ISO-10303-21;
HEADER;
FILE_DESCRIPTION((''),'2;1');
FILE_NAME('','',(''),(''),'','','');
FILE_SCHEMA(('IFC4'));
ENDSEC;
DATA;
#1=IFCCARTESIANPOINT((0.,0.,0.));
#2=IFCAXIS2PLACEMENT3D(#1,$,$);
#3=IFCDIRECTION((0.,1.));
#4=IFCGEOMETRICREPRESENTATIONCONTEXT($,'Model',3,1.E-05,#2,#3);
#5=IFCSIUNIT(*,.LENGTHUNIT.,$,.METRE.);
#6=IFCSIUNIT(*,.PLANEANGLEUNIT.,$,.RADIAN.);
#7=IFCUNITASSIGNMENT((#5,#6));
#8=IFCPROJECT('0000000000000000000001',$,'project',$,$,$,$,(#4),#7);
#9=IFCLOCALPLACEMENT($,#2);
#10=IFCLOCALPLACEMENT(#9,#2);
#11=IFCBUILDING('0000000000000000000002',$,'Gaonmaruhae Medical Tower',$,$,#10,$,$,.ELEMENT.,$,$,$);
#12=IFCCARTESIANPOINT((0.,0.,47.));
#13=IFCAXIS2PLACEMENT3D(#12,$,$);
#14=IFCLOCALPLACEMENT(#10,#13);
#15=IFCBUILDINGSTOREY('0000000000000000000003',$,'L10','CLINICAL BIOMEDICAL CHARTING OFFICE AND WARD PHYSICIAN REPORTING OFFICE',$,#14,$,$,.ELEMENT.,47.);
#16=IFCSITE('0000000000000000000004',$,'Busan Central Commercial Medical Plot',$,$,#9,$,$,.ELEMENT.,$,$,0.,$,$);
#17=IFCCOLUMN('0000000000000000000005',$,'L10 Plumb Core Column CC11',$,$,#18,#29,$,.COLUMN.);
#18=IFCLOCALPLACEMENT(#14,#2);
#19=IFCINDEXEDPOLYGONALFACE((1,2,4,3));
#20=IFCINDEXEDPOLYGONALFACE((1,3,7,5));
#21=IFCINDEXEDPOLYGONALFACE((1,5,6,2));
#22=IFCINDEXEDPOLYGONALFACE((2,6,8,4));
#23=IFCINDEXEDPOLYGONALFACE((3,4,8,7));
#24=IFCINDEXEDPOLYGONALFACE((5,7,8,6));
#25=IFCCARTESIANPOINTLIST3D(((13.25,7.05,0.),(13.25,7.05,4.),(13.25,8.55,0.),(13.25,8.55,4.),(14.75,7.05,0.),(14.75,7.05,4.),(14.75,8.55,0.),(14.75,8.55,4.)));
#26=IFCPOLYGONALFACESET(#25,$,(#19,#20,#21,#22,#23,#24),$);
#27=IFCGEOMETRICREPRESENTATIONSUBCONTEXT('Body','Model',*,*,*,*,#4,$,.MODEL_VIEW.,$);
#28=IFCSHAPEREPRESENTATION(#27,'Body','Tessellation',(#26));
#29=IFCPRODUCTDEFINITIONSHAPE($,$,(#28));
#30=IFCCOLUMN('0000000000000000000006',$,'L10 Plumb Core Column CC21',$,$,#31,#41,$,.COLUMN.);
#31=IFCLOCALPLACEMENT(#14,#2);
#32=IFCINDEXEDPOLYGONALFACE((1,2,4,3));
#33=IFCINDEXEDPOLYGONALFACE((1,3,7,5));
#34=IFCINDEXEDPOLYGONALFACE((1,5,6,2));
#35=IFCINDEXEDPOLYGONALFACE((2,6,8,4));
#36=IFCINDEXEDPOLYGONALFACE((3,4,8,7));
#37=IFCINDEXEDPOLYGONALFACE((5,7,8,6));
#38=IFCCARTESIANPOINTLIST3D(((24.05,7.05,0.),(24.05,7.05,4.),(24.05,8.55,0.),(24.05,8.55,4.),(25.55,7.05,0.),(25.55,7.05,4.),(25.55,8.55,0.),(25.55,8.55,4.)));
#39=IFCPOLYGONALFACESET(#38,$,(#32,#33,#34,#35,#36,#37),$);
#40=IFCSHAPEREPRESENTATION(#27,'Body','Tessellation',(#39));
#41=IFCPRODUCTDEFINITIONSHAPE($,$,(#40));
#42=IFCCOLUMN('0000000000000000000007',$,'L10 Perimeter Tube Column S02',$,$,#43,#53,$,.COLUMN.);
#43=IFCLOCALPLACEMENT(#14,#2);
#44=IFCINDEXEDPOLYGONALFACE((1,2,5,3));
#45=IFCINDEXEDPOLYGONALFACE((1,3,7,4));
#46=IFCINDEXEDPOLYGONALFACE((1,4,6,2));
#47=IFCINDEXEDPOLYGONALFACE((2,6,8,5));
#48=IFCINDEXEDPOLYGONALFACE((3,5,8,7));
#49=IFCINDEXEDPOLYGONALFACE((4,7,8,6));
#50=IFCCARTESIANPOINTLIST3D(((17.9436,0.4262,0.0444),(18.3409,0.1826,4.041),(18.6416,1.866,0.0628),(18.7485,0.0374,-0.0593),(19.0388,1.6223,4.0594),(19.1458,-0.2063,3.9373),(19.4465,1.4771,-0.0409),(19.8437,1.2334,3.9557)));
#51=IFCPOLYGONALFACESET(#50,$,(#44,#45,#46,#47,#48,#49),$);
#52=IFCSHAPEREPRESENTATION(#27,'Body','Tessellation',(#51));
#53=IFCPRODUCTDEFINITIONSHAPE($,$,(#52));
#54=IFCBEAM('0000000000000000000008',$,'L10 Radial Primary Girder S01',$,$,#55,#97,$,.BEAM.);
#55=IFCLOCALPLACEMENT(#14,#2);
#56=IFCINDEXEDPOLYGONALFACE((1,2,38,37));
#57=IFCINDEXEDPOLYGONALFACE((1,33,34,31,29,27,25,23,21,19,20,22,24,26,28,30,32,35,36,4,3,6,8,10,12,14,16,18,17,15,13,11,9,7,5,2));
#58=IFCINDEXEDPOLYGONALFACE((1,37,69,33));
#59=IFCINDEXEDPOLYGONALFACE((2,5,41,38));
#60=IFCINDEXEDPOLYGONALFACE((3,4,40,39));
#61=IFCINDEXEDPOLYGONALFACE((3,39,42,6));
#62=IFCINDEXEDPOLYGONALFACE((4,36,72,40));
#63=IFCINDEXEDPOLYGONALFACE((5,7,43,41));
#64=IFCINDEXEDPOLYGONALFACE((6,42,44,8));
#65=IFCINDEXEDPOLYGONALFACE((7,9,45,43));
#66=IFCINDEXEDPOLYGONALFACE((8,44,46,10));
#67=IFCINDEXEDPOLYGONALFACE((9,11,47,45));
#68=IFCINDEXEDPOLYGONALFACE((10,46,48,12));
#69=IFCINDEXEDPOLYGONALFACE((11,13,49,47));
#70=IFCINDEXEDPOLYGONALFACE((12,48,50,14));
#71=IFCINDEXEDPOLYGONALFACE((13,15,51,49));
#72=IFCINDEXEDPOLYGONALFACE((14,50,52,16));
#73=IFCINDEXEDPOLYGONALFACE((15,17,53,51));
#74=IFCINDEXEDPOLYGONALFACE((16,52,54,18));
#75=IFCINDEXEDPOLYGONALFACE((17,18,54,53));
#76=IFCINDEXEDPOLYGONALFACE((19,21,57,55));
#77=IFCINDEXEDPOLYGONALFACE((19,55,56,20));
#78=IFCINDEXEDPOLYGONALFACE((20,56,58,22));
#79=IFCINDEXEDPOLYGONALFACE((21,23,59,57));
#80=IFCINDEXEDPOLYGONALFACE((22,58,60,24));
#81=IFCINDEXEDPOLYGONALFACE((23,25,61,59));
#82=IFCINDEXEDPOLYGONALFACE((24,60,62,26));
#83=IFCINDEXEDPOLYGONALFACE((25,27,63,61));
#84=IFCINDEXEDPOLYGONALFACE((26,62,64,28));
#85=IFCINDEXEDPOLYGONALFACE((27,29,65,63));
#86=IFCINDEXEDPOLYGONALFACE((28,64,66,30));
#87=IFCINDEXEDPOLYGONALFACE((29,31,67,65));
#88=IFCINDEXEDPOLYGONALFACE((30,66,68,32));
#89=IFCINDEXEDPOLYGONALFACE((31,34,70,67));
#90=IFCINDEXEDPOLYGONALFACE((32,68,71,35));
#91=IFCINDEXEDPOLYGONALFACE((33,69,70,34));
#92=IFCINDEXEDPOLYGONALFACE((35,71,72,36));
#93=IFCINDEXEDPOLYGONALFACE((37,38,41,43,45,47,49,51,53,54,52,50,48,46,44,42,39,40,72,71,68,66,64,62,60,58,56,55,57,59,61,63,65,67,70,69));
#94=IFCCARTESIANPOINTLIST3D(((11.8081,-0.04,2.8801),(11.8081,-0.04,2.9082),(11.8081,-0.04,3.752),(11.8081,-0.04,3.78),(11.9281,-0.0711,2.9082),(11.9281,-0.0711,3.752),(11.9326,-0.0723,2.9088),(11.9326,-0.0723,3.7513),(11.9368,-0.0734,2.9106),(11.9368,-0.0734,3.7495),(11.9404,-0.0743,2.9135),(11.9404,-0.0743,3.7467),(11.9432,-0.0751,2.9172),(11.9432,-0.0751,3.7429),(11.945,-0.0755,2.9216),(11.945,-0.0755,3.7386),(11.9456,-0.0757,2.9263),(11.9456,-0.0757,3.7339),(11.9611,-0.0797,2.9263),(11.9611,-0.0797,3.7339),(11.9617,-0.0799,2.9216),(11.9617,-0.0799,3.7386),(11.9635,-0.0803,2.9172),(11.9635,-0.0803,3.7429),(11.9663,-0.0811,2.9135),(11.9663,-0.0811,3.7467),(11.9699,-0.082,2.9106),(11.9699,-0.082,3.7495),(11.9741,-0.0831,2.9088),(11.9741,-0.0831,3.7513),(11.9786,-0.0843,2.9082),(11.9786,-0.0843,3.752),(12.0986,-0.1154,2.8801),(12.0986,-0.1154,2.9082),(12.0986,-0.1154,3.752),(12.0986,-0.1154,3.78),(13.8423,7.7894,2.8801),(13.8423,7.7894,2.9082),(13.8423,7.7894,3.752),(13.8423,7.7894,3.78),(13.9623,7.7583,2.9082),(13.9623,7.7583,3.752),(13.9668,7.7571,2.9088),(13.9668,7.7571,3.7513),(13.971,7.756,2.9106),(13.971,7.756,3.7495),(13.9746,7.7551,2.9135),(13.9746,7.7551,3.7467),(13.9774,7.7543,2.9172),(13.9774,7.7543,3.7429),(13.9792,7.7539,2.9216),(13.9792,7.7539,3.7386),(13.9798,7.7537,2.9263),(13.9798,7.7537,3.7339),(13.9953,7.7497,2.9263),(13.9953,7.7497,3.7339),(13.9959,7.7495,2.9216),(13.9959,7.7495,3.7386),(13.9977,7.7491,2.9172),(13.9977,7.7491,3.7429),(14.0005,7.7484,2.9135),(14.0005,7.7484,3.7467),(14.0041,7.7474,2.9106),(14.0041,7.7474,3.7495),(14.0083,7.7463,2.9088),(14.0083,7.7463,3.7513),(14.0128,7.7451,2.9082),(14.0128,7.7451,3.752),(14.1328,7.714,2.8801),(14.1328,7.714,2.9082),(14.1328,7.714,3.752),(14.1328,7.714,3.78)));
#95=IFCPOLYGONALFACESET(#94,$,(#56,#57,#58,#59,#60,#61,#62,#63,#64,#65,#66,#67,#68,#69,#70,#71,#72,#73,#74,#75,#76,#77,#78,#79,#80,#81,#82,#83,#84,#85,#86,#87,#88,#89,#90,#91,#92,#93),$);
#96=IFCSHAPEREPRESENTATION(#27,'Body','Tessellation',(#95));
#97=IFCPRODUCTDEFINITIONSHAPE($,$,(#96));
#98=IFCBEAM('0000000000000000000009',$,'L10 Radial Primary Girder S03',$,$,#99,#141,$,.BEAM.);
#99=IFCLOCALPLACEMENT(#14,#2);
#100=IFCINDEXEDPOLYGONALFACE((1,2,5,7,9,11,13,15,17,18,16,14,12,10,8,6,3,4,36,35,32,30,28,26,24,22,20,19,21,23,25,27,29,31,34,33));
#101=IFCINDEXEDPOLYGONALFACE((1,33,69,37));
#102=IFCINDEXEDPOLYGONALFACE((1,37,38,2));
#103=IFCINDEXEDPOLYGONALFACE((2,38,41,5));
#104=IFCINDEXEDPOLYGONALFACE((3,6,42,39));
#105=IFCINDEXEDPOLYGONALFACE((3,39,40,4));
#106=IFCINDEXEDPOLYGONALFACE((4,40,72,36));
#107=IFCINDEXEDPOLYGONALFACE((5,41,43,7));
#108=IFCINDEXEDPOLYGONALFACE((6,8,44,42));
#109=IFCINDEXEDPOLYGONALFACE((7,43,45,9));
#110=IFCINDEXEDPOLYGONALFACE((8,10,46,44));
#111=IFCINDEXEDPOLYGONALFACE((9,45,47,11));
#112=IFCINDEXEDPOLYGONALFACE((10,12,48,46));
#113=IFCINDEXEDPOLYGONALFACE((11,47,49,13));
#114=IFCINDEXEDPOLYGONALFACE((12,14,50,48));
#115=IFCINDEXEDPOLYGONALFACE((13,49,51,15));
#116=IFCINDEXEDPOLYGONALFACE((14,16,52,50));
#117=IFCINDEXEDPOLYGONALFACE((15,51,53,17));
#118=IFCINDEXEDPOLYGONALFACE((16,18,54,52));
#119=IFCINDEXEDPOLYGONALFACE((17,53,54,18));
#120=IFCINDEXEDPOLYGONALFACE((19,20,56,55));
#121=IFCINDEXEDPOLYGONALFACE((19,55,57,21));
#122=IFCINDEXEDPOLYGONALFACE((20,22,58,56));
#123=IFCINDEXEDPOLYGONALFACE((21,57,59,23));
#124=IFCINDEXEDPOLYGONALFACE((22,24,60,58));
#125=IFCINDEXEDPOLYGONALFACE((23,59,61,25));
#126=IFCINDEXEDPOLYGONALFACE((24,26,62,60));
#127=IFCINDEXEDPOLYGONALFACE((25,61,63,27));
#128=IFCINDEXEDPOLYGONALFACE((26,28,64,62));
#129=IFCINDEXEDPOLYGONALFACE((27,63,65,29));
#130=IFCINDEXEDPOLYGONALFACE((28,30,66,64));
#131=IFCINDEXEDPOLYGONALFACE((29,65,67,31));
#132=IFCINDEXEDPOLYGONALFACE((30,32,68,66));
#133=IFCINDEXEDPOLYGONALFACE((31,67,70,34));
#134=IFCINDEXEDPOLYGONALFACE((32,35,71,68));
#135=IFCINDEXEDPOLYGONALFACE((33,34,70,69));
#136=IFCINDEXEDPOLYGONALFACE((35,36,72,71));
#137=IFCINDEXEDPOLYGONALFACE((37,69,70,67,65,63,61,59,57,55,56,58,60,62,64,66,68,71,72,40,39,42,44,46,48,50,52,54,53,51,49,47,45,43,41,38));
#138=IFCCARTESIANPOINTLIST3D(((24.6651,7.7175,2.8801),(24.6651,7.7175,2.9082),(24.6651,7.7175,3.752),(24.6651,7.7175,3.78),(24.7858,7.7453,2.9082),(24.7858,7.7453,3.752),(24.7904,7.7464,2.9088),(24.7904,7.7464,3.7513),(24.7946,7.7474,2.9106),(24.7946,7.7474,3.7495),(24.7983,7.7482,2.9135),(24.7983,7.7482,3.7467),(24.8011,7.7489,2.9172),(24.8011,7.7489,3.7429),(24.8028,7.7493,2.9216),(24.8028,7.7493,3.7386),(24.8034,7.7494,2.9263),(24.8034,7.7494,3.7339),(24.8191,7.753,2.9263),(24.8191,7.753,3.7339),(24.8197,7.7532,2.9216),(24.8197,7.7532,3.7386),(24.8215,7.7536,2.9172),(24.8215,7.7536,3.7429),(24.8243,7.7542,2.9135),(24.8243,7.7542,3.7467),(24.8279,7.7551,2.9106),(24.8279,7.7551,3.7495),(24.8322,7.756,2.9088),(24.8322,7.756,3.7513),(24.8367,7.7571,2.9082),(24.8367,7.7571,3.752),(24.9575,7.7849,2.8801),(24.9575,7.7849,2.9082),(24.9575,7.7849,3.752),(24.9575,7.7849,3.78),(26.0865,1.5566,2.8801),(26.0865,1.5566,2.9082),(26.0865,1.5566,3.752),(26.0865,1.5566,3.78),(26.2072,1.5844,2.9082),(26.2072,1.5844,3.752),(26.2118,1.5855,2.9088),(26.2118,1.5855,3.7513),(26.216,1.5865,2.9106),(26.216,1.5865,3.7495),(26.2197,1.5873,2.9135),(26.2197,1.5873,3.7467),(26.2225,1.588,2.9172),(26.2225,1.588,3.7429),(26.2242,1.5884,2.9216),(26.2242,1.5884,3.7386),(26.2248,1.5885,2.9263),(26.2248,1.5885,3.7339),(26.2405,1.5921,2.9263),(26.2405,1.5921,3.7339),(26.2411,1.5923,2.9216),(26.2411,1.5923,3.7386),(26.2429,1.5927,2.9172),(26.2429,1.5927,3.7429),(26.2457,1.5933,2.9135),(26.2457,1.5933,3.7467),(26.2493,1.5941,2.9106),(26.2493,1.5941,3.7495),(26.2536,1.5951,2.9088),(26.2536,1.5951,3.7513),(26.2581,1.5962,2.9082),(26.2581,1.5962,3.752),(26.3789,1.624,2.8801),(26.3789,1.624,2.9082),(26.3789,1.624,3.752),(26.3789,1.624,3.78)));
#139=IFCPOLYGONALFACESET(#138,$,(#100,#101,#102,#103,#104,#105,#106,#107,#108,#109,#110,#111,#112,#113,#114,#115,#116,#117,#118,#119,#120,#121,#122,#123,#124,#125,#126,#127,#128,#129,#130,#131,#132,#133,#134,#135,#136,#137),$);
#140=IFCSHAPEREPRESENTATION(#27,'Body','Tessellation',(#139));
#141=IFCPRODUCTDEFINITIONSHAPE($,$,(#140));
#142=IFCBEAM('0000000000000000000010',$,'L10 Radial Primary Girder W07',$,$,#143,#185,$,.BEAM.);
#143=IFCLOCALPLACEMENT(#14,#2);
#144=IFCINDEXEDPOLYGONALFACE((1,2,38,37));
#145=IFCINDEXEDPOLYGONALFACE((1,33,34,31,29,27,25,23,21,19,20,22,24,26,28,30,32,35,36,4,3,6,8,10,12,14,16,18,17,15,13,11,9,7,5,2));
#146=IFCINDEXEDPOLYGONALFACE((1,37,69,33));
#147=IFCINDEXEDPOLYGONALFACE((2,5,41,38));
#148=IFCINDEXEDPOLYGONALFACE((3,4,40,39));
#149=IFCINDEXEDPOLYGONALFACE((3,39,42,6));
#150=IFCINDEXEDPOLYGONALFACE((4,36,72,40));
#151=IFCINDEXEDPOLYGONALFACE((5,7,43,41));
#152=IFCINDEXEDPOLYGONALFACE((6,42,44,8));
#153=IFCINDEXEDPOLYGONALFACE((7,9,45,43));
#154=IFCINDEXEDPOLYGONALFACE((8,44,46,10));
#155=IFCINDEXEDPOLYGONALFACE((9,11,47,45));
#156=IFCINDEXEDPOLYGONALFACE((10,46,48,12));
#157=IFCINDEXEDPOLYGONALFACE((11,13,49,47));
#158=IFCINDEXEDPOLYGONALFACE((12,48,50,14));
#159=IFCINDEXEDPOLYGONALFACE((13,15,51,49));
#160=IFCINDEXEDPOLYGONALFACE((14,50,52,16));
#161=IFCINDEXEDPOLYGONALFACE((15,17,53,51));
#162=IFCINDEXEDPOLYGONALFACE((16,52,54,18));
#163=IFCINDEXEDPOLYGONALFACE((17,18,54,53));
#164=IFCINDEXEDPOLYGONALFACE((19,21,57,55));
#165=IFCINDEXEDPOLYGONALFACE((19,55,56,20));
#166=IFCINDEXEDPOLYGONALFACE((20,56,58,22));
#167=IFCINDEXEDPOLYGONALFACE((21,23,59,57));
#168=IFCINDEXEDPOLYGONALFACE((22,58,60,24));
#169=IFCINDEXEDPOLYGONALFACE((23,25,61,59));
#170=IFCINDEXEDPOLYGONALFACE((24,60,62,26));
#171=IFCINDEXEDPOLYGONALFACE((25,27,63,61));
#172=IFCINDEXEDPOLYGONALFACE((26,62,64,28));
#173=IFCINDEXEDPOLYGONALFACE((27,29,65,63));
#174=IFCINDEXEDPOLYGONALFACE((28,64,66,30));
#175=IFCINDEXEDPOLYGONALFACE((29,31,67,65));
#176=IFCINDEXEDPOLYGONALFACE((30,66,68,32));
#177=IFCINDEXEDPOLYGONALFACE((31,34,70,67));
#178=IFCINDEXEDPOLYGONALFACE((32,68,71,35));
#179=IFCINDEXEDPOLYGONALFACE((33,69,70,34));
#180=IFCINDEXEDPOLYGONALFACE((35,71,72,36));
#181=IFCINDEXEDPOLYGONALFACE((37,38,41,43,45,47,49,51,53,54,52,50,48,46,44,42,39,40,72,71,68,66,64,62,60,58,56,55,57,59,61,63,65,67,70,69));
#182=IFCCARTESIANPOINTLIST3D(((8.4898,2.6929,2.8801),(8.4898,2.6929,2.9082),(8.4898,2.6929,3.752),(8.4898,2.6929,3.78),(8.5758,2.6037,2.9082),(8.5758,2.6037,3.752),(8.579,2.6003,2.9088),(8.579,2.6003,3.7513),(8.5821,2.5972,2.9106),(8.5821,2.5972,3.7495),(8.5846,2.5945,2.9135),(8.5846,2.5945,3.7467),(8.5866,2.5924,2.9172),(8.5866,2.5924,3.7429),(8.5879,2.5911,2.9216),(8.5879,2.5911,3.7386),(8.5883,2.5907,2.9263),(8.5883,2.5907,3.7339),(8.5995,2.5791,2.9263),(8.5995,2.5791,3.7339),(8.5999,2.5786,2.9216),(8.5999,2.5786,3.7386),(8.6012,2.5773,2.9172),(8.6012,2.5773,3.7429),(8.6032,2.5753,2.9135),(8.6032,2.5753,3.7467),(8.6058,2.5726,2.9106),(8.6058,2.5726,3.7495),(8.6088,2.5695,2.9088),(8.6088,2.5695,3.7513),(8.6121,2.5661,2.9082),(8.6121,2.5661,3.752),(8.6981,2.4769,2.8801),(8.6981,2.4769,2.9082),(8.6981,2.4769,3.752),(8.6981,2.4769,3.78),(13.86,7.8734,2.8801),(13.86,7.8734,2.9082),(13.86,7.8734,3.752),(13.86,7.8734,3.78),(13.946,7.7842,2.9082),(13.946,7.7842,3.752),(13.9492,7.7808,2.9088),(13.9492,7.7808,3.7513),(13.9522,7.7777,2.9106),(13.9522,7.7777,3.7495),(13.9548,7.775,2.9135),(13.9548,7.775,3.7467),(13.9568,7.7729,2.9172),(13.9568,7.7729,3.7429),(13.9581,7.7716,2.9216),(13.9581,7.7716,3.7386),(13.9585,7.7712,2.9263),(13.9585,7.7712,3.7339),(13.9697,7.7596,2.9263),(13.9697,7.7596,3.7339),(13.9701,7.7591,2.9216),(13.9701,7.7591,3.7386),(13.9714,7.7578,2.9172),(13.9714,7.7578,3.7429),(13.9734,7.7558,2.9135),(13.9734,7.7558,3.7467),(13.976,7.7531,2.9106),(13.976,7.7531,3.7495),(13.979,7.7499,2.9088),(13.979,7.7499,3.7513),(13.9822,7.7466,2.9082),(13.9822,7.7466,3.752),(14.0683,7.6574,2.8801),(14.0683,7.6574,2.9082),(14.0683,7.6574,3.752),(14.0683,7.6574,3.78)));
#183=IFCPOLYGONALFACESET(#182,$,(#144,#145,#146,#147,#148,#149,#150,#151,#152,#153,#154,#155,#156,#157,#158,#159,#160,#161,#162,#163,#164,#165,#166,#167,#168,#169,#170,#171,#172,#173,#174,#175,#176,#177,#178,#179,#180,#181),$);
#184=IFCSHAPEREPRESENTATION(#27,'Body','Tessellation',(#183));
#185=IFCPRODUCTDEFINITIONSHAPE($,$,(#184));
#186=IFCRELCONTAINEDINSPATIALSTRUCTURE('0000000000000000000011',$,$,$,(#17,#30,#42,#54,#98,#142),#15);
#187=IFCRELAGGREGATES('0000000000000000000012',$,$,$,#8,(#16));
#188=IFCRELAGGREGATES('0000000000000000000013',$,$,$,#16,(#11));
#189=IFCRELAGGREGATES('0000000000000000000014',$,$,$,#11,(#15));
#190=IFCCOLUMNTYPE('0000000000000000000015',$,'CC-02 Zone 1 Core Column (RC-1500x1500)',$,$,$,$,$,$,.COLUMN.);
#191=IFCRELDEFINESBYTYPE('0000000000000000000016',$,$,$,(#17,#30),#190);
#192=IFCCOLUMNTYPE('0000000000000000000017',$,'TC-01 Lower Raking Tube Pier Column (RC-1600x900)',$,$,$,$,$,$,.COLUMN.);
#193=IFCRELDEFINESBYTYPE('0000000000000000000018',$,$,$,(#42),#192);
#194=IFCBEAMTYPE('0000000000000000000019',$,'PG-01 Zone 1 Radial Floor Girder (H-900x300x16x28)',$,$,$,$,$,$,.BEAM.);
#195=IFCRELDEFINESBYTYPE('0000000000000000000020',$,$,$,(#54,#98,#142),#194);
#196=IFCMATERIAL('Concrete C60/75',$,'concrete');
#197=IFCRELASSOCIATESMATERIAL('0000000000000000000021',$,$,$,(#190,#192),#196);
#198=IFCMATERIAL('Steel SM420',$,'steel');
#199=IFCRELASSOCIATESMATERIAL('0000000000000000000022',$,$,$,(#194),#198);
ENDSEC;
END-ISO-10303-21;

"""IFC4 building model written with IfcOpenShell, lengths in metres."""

from ifc_helpers import new_model, si_unit, direction, frame, origin, origin_2d, place, context, subcontext, project, spatial, rectangle, i_section, extrude, material, material_profile, profile_set, type_object, element, save


model = new_model("IFC4")

# Units and contexts
model_context = context("Model", 3, precision=1e-05, world=origin(), true_north=direction((0.0, 1.0)))
body_context = subcontext(model_context, "Body", "Model", "MODEL_VIEW")
ifc_project = project(units=[si_unit("LENGTHUNIT", "METRE"), si_unit("PLANEANGLEUNIT", "RADIAN")], contexts=[model_context])

# Site, building, storey
site_placement = place(None, origin())
site = spatial("IfcSite", under=ifc_project, at=site_placement, Name="Busan Central Commercial Medical Plot", CompositionType="ELEMENT", RefElevation=0.0)
building_placement = place(site_placement, origin())
building = spatial("IfcBuilding", under=site, at=building_placement, Name="Gaonmaruhae Medical Tower", CompositionType="ELEMENT")
storey_placement = place(building_placement, frame((0.0, 0.0, 47.0)))
storey = spatial("IfcBuildingStorey", under=building, at=storey_placement, Name="L10", Description="CLINICAL BIOMEDICAL CHARTING OFFICE AND WARD PHYSICIAN REPORTING OFFICE", CompositionType="ELEMENT", Elevation=47.0)

# Columns
ifc_material_1 = material(Name="Concrete C60/75", Category="concrete")
ifc_material_profile_1 = material_profile(ifc_material_1, rectangle(XDim=1.5, YDim=1.5, at=origin_2d()), Name="RC-1500x1500")
ifc_profile_set_1 = profile_set([ifc_material_profile_1], Name="Concrete C60/75")
column_type_1 = type_object("IfcColumnType", Name="CC-02 Zone 1 Core Column (RC-1500x1500)", PredefinedType="COLUMN", material=ifc_profile_set_1)
for number, where, z_axis, x_axis, name in (
    (1, (14.0, 7.8, 0.0), (0.0, 0.0, 1.0), (1.0, 0.0, 0.0), "L10 Plumb Core Column CC11"),
    (2, (24.8, 7.8, 0.0), (0.0, 0.0, 1.0), (1.0, 0.0, 0.0), "L10 Plumb Core Column CC21"),
):
    element("IfcColumn", number, at=place(storey_placement, frame(where, z_axis=z_axis, x_axis=x_axis)), inside=storey, type_object=column_type_1, Name=name, PredefinedType="COLUMN", context=body_context, shape_type="SweptSolid", body=[
        extrude(rectangle(XDim=1.5, YDim=1.5, at=origin_2d()), origin(), (0.0, 0.0, 1.0), 4.0),
    ])
ifc_material_profile_2 = material_profile(ifc_material_1, rectangle(XDim=1.6001, YDim=0.8999, at=origin_2d()), Name="RC-1600x900")
ifc_profile_set_2 = profile_set([ifc_material_profile_2], Name="Concrete C60/75")
column_type_2 = type_object("IfcColumnType", Name="TC-01 Lower Raking Tube Pier Column (RC-1600x900)", PredefinedType="COLUMN", material=ifc_profile_set_2)
column_placement = place(storey_placement, frame((18.6951, 0.9517, 0.0017), z_axis=(0.09872, -0.060555, 0.993271), x_axis=(0.436192, 0.89978, 0.011502)))
element("IfcColumn", 3, at=column_placement, inside=storey, type_object=column_type_2, Name="L10 Perimeter Tube Column S02", PredefinedType="COLUMN", context=body_context, shape_type="SweptSolid", body=[
    extrude(rectangle(XDim=1.6001, YDim=0.8999, at=origin_2d()), origin(), (0.0, 0.0, 1.0), 4.0237),
])

# Beams
ifc_material_2 = material(Name="Steel SM420", Category="steel")
ifc_material_profile_3 = material_profile(ifc_material_2, i_section(OverallWidth=0.3, OverallDepth=0.8999, WebThickness=0.0161, FlangeThickness=0.0281, FilletRadius=0.0181, at=origin_2d()), Name="H-900x300x16x28")
ifc_profile_set_3 = profile_set([ifc_material_profile_3], Name="Steel SM420")
beam_type_1 = type_object("IfcBeamType", Name="PG-01 Zone 1 Radial Floor Girder (H-900x300x16x28)", PredefinedType="BEAM", material=ifc_profile_set_3)
beam_1_placement = place(storey_placement, frame((13.9875, 7.7517, 3.3301), z_axis=(-0.251466, -0.967866, 0.0), x_axis=(0.967866, -0.251466, 0.0)))
element("IfcBeam", 4, at=beam_1_placement, inside=storey, type_object=beam_type_1, Name="L10 Radial Primary Girder S01", PredefinedType="BEAM", context=body_context, shape_type="SweptSolid", body=[
    extrude(i_section(OverallWidth=0.3, OverallDepth=0.8999, WebThickness=0.0161, FlangeThickness=0.0281, FilletRadius=0.0181, at=origin_2d()), origin(), (0.0, 0.0, 1.0), 8.0894),
])
beam_2_placement = place(storey_placement, frame((24.8113, 7.7512, 3.3301), z_axis=(0.224806, -0.974404, 0.0), x_axis=(0.974404, 0.224806, 0.0)))
element("IfcBeam", 5, at=beam_2_placement, inside=storey, type_object=beam_type_1, Name="L10 Radial Primary Girder S03", PredefinedType="BEAM", context=body_context, shape_type="SweptSolid", body=[
    extrude(i_section(OverallWidth=0.3, OverallDepth=0.8999, WebThickness=0.0161, FlangeThickness=0.0281, FilletRadius=0.0181, at=origin_2d()), origin(), (0.0, 0.0, 1.0), 6.3228),
])
beam_3_placement = place(storey_placement, frame((13.9641, 7.7654, 3.3301), z_axis=(-0.719704, -0.694281, 0.0), x_axis=(0.694281, -0.719704, 0.0)))
element("IfcBeam", 6, at=beam_3_placement, inside=storey, type_object=beam_type_1, Name="L10 Radial Primary Girder W07", PredefinedType="BEAM", context=body_context, shape_type="SweptSolid", body=[
    extrude(i_section(OverallWidth=0.3, OverallDepth=0.8999, WebThickness=0.0161, FlangeThickness=0.0281, FilletRadius=0.0181, at=origin_2d()), origin(), (0.0, 0.0, 1.0), 7.4617),
])

save(model, "model.ifc")
